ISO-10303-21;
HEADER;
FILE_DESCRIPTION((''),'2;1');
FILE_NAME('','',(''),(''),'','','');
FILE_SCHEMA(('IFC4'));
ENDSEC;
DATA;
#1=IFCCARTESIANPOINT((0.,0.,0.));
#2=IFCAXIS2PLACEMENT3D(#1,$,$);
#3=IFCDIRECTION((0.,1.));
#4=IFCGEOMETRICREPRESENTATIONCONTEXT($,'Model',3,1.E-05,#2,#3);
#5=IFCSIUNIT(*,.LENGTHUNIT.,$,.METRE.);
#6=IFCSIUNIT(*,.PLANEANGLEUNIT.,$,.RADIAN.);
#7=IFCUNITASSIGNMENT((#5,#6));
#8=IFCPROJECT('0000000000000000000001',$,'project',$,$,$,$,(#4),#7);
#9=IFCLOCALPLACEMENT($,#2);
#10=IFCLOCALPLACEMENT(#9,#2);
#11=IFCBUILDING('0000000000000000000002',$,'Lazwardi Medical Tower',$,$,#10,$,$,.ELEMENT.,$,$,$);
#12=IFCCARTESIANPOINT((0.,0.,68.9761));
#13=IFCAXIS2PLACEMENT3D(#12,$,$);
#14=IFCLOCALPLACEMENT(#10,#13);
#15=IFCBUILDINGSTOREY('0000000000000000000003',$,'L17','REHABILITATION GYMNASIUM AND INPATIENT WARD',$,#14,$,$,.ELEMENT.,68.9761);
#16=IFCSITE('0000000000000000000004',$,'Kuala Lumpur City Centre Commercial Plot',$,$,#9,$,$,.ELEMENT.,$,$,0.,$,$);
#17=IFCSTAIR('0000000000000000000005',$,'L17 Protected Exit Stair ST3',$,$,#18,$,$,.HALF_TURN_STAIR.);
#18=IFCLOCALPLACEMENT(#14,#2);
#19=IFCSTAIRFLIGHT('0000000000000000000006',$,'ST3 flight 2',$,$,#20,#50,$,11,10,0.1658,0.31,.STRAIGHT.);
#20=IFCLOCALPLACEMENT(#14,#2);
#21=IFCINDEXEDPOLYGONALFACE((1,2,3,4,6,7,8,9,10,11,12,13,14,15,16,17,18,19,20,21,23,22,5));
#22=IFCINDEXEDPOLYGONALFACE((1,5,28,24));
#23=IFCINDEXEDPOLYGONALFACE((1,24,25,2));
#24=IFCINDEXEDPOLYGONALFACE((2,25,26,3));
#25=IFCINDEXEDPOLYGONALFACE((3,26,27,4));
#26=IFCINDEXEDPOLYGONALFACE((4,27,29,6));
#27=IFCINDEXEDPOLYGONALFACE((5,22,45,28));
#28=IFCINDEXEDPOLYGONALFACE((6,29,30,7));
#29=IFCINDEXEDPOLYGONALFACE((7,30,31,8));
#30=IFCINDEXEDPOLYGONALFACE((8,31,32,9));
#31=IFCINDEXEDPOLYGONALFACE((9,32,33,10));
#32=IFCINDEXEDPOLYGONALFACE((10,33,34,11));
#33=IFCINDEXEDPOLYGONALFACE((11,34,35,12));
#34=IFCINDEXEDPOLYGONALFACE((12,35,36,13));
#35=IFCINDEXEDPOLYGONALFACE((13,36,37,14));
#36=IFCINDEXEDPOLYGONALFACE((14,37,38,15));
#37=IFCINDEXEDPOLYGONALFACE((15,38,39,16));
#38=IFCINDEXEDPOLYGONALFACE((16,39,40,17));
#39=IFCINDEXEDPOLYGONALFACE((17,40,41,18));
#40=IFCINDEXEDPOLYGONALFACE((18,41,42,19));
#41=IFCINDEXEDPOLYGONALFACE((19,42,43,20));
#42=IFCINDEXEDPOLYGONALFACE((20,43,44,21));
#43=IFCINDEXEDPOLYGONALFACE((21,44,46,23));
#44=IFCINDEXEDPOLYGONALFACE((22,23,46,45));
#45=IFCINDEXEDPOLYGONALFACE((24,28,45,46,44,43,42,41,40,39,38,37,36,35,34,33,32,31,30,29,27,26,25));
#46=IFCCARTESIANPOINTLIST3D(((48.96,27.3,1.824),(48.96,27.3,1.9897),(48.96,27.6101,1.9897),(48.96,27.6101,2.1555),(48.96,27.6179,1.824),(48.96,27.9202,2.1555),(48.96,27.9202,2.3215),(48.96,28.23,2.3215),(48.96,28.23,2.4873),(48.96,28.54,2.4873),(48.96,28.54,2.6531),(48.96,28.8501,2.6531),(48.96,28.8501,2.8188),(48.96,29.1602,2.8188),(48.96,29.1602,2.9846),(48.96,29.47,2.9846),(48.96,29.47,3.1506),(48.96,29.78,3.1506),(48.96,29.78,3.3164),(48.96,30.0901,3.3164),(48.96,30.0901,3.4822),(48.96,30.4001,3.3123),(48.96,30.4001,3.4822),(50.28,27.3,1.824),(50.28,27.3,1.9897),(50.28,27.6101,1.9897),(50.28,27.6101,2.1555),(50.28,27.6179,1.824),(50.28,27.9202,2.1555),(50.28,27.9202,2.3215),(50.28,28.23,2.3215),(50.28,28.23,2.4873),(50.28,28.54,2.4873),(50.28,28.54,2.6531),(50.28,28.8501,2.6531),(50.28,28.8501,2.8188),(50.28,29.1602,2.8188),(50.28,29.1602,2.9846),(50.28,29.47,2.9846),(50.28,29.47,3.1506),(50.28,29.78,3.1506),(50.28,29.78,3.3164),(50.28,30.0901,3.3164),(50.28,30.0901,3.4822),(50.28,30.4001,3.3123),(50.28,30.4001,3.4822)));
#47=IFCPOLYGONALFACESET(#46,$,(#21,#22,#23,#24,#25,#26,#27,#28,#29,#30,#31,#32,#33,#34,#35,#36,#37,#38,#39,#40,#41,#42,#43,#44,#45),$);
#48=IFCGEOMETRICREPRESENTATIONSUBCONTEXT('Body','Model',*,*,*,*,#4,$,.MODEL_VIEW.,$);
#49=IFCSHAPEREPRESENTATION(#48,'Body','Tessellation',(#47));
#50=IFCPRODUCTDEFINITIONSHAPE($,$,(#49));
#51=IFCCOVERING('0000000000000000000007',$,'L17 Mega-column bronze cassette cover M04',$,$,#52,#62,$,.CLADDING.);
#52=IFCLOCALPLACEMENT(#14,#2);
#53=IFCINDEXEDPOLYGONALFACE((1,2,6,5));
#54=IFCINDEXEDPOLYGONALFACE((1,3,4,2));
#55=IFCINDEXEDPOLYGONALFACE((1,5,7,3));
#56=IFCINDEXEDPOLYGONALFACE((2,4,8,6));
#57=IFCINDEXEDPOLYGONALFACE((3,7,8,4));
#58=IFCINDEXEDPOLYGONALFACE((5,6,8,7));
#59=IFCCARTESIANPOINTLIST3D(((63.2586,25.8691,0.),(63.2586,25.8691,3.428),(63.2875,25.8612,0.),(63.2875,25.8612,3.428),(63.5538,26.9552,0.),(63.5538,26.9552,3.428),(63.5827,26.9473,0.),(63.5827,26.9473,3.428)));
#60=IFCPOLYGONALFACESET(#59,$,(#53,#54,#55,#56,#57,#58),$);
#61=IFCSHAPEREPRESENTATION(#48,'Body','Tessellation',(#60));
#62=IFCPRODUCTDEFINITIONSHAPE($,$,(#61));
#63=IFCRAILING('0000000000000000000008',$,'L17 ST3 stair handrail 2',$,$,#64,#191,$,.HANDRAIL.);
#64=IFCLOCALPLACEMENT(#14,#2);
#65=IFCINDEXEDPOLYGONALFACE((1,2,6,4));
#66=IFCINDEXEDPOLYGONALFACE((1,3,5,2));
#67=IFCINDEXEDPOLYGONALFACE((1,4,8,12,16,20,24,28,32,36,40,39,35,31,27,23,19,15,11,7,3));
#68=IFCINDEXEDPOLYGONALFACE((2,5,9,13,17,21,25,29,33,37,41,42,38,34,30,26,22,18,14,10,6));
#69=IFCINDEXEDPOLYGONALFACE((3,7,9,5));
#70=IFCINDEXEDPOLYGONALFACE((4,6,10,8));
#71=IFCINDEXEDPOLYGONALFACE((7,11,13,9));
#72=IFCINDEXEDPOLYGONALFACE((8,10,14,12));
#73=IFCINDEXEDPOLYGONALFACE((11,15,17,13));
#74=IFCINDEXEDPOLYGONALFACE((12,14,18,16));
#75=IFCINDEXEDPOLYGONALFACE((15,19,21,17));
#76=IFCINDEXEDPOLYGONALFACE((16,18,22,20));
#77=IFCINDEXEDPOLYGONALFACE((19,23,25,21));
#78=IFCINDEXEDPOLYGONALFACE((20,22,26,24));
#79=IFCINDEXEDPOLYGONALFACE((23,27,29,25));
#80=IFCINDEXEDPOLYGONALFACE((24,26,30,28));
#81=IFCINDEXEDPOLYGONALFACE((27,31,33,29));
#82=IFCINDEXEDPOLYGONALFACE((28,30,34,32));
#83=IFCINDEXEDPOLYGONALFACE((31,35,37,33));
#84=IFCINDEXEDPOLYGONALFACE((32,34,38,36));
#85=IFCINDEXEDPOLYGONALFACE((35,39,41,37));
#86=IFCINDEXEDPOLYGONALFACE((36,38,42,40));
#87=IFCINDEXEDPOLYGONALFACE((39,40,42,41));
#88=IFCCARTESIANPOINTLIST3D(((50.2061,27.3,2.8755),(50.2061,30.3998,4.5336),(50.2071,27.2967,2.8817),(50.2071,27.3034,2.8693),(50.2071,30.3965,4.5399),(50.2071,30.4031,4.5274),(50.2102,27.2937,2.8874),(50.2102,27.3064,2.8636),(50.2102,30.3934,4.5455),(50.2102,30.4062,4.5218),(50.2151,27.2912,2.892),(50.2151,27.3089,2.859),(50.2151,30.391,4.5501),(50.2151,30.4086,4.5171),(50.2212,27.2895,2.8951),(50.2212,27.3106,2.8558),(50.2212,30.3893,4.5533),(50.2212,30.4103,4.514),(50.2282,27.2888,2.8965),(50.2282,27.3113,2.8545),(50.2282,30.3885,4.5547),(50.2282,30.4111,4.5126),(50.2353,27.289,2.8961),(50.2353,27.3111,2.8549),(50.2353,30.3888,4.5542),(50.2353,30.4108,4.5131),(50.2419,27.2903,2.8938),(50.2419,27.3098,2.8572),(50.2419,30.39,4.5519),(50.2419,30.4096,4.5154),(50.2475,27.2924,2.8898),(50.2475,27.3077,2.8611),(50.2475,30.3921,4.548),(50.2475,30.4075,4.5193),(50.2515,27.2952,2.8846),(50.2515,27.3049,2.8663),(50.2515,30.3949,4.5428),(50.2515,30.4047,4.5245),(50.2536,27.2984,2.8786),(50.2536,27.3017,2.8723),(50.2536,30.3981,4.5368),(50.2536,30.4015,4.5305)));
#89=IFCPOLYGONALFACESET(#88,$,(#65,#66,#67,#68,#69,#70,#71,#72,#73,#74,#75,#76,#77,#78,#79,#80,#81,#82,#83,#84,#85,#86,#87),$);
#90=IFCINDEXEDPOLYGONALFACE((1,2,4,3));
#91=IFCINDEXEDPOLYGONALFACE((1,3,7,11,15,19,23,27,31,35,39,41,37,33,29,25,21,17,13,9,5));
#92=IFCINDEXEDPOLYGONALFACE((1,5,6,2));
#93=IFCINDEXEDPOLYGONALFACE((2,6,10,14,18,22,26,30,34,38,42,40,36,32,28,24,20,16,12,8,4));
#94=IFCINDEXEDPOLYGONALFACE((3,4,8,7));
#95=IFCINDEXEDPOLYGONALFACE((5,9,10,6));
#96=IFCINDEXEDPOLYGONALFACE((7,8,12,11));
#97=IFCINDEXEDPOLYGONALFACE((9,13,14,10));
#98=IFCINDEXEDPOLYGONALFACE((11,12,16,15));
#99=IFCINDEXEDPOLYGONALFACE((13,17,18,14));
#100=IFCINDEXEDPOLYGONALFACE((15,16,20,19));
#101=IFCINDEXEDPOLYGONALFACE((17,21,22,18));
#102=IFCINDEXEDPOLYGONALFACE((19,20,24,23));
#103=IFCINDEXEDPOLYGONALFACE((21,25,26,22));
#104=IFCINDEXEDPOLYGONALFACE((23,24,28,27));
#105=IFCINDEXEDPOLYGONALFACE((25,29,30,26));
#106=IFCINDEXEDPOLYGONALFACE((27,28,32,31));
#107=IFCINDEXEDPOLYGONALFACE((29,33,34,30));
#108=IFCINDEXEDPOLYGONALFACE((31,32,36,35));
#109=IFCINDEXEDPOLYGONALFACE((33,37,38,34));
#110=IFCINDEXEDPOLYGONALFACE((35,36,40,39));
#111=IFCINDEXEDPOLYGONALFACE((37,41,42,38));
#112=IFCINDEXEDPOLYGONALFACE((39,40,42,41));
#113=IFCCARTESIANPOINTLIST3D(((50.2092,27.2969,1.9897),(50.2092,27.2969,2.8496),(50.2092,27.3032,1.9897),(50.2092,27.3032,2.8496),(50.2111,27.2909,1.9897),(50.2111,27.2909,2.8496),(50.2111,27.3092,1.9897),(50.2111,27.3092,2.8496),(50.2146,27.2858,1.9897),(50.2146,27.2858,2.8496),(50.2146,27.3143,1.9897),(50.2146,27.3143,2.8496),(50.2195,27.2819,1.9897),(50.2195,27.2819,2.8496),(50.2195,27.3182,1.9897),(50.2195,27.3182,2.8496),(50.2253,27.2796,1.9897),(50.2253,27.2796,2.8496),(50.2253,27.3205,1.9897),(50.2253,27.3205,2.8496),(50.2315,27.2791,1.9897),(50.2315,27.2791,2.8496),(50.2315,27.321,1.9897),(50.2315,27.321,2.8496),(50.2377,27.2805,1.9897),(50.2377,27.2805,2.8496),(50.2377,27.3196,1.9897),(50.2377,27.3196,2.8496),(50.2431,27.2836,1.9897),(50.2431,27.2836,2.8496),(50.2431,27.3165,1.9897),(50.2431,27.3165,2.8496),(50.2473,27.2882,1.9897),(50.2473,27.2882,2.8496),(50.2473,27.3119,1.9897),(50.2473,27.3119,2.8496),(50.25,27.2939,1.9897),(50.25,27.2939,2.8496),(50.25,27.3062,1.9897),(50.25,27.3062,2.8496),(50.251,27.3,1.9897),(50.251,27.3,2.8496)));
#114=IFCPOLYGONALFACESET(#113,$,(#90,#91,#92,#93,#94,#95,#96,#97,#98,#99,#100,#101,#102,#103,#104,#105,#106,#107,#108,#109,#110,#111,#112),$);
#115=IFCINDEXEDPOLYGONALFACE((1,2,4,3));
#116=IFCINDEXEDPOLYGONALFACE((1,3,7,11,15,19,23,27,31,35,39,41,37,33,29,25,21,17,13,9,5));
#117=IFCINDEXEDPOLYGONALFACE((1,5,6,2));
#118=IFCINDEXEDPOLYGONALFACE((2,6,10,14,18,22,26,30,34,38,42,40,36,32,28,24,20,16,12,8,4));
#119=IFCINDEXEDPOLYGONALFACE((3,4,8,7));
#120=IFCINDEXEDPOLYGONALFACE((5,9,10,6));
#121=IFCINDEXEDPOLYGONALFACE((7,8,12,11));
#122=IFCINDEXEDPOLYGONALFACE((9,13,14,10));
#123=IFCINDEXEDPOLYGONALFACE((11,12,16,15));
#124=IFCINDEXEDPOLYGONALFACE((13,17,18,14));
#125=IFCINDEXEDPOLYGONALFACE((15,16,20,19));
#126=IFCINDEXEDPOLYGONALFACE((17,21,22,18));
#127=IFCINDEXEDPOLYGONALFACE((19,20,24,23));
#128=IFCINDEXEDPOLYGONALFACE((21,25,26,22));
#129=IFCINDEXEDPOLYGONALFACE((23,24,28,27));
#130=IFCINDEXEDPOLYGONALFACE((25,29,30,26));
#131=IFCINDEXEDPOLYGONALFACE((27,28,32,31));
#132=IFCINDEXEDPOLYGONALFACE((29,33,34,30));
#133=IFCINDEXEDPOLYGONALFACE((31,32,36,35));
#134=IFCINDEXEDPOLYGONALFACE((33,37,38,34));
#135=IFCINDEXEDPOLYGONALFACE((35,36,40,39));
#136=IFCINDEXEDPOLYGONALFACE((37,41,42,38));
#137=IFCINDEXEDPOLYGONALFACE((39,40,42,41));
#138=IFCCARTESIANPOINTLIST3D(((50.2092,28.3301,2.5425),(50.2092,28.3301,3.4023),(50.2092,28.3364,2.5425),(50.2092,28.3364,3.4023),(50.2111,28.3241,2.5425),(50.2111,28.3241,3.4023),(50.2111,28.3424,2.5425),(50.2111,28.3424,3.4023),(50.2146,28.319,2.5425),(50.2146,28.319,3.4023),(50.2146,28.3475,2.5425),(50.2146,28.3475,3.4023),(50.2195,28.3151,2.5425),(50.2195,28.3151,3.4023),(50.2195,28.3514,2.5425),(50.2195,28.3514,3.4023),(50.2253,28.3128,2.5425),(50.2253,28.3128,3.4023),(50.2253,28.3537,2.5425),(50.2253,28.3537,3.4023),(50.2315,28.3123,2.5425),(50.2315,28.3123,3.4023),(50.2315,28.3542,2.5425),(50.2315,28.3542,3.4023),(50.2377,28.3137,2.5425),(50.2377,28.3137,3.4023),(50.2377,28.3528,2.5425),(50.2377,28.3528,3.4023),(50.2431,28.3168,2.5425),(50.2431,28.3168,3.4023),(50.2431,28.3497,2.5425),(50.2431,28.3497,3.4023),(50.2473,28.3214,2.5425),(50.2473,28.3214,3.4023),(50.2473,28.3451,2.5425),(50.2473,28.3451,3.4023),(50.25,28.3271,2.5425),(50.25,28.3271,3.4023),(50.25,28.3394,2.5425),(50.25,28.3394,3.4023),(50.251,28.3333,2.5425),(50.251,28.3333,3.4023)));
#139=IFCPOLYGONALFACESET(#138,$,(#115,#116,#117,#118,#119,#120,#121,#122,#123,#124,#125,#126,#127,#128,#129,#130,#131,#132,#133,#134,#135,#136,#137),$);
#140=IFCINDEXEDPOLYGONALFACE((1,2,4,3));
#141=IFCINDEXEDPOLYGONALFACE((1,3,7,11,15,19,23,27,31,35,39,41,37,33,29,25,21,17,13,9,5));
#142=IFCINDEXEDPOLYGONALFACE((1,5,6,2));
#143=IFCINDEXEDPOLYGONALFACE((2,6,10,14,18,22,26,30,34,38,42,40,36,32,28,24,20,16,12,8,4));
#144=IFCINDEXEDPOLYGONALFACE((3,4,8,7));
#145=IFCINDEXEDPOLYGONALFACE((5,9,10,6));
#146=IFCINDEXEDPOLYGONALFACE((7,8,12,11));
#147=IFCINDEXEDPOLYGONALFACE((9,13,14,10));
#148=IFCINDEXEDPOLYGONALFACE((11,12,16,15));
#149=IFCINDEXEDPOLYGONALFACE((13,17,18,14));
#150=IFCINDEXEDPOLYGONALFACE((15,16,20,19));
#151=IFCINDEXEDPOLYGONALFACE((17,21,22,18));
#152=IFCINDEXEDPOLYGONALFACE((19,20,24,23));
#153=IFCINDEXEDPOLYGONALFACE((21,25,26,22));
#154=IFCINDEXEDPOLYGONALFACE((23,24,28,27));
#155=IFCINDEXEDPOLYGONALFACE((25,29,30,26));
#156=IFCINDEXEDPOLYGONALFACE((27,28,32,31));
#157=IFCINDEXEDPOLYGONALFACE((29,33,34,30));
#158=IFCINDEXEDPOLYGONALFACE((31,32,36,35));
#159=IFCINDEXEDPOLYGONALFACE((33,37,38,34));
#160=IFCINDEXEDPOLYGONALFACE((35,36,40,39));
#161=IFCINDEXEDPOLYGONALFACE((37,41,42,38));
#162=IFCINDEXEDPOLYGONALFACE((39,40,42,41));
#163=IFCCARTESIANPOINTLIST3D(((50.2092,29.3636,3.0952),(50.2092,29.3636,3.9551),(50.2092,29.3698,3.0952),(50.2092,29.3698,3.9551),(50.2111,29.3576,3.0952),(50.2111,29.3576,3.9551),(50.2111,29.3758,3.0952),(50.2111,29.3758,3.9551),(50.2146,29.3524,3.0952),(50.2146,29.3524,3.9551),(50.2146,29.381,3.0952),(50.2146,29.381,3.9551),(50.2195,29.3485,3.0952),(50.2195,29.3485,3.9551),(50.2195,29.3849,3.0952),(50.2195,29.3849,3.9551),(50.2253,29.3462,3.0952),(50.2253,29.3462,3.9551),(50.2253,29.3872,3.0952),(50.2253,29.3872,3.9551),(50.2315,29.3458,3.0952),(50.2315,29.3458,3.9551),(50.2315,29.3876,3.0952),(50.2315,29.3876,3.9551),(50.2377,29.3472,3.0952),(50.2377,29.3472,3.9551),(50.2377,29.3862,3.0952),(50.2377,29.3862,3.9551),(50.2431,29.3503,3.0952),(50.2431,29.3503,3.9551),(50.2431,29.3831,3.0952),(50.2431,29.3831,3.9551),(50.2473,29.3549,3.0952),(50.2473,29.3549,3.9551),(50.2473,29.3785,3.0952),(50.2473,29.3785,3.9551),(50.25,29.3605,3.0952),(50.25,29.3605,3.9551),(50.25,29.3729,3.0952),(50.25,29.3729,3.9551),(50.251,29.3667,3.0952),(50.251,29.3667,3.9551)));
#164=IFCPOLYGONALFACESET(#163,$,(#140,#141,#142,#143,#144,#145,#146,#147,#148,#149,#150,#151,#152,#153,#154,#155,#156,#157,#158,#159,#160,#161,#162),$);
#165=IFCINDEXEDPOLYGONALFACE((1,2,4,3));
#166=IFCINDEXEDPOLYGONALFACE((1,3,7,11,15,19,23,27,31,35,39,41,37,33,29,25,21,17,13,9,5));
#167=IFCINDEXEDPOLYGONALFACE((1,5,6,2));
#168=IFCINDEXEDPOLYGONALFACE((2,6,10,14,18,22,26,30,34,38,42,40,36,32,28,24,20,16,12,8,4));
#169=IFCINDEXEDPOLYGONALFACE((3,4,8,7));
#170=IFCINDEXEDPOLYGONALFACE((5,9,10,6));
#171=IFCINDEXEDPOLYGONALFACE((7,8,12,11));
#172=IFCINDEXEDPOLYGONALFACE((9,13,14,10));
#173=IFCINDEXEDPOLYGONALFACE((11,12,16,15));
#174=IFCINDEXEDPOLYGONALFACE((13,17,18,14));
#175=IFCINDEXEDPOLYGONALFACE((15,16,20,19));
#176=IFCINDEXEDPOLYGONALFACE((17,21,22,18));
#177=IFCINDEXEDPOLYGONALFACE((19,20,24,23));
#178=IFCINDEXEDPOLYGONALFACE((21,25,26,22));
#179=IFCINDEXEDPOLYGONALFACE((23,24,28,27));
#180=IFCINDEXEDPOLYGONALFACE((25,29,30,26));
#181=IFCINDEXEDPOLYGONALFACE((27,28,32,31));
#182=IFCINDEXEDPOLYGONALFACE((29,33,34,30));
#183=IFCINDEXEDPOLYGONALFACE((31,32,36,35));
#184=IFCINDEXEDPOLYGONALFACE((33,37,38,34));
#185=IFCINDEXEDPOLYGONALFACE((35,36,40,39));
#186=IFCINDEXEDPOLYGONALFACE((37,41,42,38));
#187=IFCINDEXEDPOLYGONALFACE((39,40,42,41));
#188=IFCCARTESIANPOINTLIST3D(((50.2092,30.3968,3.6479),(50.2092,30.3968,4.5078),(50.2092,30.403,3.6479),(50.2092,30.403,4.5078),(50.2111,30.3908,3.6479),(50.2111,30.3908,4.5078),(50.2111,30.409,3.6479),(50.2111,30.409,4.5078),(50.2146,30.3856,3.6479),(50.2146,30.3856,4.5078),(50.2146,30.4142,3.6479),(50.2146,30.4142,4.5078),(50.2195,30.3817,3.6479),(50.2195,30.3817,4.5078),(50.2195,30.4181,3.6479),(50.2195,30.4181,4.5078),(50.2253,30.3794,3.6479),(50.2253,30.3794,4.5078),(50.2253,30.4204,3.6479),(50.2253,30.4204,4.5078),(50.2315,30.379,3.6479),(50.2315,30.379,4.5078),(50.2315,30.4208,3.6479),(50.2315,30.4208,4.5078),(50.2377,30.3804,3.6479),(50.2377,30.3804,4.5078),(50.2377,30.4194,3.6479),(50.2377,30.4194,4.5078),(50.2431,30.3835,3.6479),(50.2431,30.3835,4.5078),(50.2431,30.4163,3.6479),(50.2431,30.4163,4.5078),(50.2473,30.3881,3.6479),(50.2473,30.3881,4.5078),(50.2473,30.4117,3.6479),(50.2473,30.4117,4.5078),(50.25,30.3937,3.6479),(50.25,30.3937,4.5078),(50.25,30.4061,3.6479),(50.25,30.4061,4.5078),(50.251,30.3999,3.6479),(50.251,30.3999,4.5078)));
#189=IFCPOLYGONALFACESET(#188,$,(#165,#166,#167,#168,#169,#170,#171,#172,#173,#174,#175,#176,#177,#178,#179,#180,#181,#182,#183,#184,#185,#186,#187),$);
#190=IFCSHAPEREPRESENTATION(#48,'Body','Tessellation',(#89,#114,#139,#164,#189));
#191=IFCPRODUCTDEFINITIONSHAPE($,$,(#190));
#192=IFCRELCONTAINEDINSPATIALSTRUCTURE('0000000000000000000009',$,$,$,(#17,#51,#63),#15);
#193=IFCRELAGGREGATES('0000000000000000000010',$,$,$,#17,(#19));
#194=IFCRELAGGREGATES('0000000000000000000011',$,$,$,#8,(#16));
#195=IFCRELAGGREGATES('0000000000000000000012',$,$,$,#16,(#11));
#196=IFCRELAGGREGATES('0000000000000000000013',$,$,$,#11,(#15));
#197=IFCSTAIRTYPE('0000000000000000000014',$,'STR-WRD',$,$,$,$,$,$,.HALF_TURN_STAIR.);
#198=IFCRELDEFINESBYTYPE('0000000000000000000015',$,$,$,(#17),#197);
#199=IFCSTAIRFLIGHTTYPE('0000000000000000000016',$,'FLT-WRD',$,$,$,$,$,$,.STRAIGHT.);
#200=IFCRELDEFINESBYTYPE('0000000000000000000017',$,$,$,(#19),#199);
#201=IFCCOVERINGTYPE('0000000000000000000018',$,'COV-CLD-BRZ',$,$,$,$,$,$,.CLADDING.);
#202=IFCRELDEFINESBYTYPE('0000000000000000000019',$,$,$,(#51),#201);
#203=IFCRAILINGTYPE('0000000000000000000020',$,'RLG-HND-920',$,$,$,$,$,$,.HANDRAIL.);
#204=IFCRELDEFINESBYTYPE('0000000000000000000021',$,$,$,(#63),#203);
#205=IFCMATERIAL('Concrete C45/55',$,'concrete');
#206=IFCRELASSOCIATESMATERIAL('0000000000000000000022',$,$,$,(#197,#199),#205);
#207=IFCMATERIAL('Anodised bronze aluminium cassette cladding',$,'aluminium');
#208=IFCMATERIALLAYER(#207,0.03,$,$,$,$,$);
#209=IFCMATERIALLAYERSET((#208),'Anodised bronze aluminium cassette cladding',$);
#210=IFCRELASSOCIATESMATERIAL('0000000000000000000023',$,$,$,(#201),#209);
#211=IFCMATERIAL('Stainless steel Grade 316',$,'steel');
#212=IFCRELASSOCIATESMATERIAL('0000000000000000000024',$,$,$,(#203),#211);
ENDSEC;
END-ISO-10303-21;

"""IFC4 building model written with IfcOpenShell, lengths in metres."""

from ifc_helpers import new_model, si_unit, direction, frame, origin, origin_2d, place, context, subcontext, project, spatial, polyline, rectangle, circle, outline, extrude, material, layer, layer_set, type_object, element, aggregate, save


model = new_model("IFC4")

# Units and contexts
model_context = context("Model", 3, precision=1e-05, world=origin(), true_north=direction((0.0, 1.0)))
body_context = subcontext(model_context, "Body", "Model", "MODEL_VIEW")
ifc_project = project(units=[si_unit("LENGTHUNIT", "METRE"), si_unit("PLANEANGLEUNIT", "RADIAN")], contexts=[model_context])

# Site, building, storey
site_placement = place(None, origin())
site = spatial("IfcSite", under=ifc_project, at=site_placement, Name="Kuala Lumpur City Centre Commercial Plot", CompositionType="ELEMENT", RefElevation=0.0)
building_placement = place(site_placement, origin())
building = spatial("IfcBuilding", under=site, at=building_placement, Name="Lazwardi Medical Tower", CompositionType="ELEMENT")
storey_placement = place(building_placement, frame((0.0, 0.0, 68.9761)))
storey = spatial("IfcBuildingStorey", under=building, at=storey_placement, Name="L17", Description="REHABILITATION GYMNASIUM AND INPATIENT WARD", CompositionType="ELEMENT", Elevation=68.9761)

# Stair, stair flight
ifc_material_1 = material(Name="Concrete C45/55", Category="concrete")
stair_type = type_object("IfcStairType", Name="STR-WRD", PredefinedType="HALF_TURN_STAIR", material=ifc_material_1)
stair_placement = place(storey_placement, origin())
stair = element("IfcStair", 1, at=stair_placement, inside=storey, type_object=stair_type, Name="L17 Protected Exit Stair ST3", PredefinedType="HALF_TURN_STAIR")
stair_flight_type = type_object("IfcStairFlightType", Name="FLT-WRD", PredefinedType="STRAIGHT", material=ifc_material_1)
stair_flight_placement = place(storey_placement, frame((49.6201, 27.3, 1.824), z_axis=(0.0, 0.0, 1.0), x_axis=(0.0, 1.0, 0.0)))
stair_flight = element("IfcStairFlight", 2, at=stair_flight_placement, type_object=stair_flight_type, Name="ST3 flight 2", NumberOfRisers=11, NumberOfTreads=10, PredefinedType="STRAIGHT", RiserHeight=0.1658, TreadLength=0.31, context=body_context, shape_type="SweptSolid", body=[
    extrude(outline(polyline([(0.0, 0.0), (0.0, 0.1658), (0.3101, 0.1658), (0.3101, 0.3315), (0.6201, 0.3315), (0.6201, 0.4976), (0.9299, 0.4976), (0.9299, 0.6633), (1.24, 0.6633), (1.24, 0.8291), (1.55, 0.8291), (1.55, 0.9949), (1.8601, 0.9949), (1.8601, 1.1606), (2.1699, 1.1606), (2.1699, 1.3267), (2.48, 1.3267), (2.48, 1.4924), (2.79, 1.4924), (2.79, 1.6582), (3.1001, 1.6582), (3.1001, 1.824), (3.1001, 1.4883), (0.3179, 0.0), (0.0, 0.0)])), frame((0.0, 0.6602, 0.0), z_axis=(0.0, -1.0, 0.0), x_axis=(1.0, 0.0, 0.0)), (0.0, 0.0, 1.0), 1.3201),
])
aggregate(stair, [stair_flight])

# Covering
ifc_material_2 = material(Name="Anodised bronze aluminium cassette cladding", Category="aluminium")
ifc_layer_1 = layer(ifc_material_2, 0.03)
ifc_layer_set_1 = layer_set([ifc_layer_1], Name="Anodised bronze aluminium cassette cladding")
covering_type = type_object("IfcCoveringType", Name="COV-CLD-BRZ", PredefinedType="CLADDING", material=ifc_layer_set_1)
covering_placement = place(storey_placement, frame((63.4207, 26.4082, 0.0), z_axis=(0.0, 0.0, 1.0), x_axis=(0.262283, 0.964991, 0.0)))
element("IfcCovering", 3, at=covering_placement, inside=storey, type_object=covering_type, Name="L17 Mega-column bronze cassette cover M04", PredefinedType="CLADDING", context=body_context, shape_type="SweptSolid", body=[
    extrude(rectangle(XDim=1.1255, YDim=0.03, at=origin_2d()), origin(), (0.0, 0.0, 1.0), 3.428),
])

# Railing
ifc_material_3 = material(Name="Stainless steel Grade 316", Category="steel")
railing_type = type_object("IfcRailingType", Name="RLG-HND-920", PredefinedType="HANDRAIL", material=ifc_material_3)
railing_placement = place(storey_placement, frame((50.23, 27.3, 1.9897)))
element("IfcRailing", 4, at=railing_placement, inside=storey, type_object=railing_type, Name="L17 ST3 stair handrail 2", PredefinedType="HANDRAIL", context=body_context, shape_type="SweptSolid", body=[
    extrude(circle(Radius=0.0239, at=origin_2d()), frame((0.0, 0.0, 0.8857), z_axis=(0.0, 0.881768, 0.471684), x_axis=(-1.0, 0.0, 0.0)), (0.0, 0.0, 1.0), 3.5154),
    extrude(circle(Radius=0.021, at=origin_2d()), origin(), (0.0, 0.0, 1.0), 0.8599),
    extrude(circle(Radius=0.021, at=origin_2d()), frame((0.0, 1.0332, 0.5527)), (0.0, 0.0, 1.0), 0.8599),
    extrude(circle(Radius=0.021, at=origin_2d()), frame((0.0, 2.0667, 1.1055)), (0.0, 0.0, 1.0), 0.8599),
    extrude(circle(Radius=0.021, at=origin_2d()), frame((0.0, 3.0999, 1.6582)), (0.0, 0.0, 1.0), 0.8599),
])

save(model, "model.ifc")
